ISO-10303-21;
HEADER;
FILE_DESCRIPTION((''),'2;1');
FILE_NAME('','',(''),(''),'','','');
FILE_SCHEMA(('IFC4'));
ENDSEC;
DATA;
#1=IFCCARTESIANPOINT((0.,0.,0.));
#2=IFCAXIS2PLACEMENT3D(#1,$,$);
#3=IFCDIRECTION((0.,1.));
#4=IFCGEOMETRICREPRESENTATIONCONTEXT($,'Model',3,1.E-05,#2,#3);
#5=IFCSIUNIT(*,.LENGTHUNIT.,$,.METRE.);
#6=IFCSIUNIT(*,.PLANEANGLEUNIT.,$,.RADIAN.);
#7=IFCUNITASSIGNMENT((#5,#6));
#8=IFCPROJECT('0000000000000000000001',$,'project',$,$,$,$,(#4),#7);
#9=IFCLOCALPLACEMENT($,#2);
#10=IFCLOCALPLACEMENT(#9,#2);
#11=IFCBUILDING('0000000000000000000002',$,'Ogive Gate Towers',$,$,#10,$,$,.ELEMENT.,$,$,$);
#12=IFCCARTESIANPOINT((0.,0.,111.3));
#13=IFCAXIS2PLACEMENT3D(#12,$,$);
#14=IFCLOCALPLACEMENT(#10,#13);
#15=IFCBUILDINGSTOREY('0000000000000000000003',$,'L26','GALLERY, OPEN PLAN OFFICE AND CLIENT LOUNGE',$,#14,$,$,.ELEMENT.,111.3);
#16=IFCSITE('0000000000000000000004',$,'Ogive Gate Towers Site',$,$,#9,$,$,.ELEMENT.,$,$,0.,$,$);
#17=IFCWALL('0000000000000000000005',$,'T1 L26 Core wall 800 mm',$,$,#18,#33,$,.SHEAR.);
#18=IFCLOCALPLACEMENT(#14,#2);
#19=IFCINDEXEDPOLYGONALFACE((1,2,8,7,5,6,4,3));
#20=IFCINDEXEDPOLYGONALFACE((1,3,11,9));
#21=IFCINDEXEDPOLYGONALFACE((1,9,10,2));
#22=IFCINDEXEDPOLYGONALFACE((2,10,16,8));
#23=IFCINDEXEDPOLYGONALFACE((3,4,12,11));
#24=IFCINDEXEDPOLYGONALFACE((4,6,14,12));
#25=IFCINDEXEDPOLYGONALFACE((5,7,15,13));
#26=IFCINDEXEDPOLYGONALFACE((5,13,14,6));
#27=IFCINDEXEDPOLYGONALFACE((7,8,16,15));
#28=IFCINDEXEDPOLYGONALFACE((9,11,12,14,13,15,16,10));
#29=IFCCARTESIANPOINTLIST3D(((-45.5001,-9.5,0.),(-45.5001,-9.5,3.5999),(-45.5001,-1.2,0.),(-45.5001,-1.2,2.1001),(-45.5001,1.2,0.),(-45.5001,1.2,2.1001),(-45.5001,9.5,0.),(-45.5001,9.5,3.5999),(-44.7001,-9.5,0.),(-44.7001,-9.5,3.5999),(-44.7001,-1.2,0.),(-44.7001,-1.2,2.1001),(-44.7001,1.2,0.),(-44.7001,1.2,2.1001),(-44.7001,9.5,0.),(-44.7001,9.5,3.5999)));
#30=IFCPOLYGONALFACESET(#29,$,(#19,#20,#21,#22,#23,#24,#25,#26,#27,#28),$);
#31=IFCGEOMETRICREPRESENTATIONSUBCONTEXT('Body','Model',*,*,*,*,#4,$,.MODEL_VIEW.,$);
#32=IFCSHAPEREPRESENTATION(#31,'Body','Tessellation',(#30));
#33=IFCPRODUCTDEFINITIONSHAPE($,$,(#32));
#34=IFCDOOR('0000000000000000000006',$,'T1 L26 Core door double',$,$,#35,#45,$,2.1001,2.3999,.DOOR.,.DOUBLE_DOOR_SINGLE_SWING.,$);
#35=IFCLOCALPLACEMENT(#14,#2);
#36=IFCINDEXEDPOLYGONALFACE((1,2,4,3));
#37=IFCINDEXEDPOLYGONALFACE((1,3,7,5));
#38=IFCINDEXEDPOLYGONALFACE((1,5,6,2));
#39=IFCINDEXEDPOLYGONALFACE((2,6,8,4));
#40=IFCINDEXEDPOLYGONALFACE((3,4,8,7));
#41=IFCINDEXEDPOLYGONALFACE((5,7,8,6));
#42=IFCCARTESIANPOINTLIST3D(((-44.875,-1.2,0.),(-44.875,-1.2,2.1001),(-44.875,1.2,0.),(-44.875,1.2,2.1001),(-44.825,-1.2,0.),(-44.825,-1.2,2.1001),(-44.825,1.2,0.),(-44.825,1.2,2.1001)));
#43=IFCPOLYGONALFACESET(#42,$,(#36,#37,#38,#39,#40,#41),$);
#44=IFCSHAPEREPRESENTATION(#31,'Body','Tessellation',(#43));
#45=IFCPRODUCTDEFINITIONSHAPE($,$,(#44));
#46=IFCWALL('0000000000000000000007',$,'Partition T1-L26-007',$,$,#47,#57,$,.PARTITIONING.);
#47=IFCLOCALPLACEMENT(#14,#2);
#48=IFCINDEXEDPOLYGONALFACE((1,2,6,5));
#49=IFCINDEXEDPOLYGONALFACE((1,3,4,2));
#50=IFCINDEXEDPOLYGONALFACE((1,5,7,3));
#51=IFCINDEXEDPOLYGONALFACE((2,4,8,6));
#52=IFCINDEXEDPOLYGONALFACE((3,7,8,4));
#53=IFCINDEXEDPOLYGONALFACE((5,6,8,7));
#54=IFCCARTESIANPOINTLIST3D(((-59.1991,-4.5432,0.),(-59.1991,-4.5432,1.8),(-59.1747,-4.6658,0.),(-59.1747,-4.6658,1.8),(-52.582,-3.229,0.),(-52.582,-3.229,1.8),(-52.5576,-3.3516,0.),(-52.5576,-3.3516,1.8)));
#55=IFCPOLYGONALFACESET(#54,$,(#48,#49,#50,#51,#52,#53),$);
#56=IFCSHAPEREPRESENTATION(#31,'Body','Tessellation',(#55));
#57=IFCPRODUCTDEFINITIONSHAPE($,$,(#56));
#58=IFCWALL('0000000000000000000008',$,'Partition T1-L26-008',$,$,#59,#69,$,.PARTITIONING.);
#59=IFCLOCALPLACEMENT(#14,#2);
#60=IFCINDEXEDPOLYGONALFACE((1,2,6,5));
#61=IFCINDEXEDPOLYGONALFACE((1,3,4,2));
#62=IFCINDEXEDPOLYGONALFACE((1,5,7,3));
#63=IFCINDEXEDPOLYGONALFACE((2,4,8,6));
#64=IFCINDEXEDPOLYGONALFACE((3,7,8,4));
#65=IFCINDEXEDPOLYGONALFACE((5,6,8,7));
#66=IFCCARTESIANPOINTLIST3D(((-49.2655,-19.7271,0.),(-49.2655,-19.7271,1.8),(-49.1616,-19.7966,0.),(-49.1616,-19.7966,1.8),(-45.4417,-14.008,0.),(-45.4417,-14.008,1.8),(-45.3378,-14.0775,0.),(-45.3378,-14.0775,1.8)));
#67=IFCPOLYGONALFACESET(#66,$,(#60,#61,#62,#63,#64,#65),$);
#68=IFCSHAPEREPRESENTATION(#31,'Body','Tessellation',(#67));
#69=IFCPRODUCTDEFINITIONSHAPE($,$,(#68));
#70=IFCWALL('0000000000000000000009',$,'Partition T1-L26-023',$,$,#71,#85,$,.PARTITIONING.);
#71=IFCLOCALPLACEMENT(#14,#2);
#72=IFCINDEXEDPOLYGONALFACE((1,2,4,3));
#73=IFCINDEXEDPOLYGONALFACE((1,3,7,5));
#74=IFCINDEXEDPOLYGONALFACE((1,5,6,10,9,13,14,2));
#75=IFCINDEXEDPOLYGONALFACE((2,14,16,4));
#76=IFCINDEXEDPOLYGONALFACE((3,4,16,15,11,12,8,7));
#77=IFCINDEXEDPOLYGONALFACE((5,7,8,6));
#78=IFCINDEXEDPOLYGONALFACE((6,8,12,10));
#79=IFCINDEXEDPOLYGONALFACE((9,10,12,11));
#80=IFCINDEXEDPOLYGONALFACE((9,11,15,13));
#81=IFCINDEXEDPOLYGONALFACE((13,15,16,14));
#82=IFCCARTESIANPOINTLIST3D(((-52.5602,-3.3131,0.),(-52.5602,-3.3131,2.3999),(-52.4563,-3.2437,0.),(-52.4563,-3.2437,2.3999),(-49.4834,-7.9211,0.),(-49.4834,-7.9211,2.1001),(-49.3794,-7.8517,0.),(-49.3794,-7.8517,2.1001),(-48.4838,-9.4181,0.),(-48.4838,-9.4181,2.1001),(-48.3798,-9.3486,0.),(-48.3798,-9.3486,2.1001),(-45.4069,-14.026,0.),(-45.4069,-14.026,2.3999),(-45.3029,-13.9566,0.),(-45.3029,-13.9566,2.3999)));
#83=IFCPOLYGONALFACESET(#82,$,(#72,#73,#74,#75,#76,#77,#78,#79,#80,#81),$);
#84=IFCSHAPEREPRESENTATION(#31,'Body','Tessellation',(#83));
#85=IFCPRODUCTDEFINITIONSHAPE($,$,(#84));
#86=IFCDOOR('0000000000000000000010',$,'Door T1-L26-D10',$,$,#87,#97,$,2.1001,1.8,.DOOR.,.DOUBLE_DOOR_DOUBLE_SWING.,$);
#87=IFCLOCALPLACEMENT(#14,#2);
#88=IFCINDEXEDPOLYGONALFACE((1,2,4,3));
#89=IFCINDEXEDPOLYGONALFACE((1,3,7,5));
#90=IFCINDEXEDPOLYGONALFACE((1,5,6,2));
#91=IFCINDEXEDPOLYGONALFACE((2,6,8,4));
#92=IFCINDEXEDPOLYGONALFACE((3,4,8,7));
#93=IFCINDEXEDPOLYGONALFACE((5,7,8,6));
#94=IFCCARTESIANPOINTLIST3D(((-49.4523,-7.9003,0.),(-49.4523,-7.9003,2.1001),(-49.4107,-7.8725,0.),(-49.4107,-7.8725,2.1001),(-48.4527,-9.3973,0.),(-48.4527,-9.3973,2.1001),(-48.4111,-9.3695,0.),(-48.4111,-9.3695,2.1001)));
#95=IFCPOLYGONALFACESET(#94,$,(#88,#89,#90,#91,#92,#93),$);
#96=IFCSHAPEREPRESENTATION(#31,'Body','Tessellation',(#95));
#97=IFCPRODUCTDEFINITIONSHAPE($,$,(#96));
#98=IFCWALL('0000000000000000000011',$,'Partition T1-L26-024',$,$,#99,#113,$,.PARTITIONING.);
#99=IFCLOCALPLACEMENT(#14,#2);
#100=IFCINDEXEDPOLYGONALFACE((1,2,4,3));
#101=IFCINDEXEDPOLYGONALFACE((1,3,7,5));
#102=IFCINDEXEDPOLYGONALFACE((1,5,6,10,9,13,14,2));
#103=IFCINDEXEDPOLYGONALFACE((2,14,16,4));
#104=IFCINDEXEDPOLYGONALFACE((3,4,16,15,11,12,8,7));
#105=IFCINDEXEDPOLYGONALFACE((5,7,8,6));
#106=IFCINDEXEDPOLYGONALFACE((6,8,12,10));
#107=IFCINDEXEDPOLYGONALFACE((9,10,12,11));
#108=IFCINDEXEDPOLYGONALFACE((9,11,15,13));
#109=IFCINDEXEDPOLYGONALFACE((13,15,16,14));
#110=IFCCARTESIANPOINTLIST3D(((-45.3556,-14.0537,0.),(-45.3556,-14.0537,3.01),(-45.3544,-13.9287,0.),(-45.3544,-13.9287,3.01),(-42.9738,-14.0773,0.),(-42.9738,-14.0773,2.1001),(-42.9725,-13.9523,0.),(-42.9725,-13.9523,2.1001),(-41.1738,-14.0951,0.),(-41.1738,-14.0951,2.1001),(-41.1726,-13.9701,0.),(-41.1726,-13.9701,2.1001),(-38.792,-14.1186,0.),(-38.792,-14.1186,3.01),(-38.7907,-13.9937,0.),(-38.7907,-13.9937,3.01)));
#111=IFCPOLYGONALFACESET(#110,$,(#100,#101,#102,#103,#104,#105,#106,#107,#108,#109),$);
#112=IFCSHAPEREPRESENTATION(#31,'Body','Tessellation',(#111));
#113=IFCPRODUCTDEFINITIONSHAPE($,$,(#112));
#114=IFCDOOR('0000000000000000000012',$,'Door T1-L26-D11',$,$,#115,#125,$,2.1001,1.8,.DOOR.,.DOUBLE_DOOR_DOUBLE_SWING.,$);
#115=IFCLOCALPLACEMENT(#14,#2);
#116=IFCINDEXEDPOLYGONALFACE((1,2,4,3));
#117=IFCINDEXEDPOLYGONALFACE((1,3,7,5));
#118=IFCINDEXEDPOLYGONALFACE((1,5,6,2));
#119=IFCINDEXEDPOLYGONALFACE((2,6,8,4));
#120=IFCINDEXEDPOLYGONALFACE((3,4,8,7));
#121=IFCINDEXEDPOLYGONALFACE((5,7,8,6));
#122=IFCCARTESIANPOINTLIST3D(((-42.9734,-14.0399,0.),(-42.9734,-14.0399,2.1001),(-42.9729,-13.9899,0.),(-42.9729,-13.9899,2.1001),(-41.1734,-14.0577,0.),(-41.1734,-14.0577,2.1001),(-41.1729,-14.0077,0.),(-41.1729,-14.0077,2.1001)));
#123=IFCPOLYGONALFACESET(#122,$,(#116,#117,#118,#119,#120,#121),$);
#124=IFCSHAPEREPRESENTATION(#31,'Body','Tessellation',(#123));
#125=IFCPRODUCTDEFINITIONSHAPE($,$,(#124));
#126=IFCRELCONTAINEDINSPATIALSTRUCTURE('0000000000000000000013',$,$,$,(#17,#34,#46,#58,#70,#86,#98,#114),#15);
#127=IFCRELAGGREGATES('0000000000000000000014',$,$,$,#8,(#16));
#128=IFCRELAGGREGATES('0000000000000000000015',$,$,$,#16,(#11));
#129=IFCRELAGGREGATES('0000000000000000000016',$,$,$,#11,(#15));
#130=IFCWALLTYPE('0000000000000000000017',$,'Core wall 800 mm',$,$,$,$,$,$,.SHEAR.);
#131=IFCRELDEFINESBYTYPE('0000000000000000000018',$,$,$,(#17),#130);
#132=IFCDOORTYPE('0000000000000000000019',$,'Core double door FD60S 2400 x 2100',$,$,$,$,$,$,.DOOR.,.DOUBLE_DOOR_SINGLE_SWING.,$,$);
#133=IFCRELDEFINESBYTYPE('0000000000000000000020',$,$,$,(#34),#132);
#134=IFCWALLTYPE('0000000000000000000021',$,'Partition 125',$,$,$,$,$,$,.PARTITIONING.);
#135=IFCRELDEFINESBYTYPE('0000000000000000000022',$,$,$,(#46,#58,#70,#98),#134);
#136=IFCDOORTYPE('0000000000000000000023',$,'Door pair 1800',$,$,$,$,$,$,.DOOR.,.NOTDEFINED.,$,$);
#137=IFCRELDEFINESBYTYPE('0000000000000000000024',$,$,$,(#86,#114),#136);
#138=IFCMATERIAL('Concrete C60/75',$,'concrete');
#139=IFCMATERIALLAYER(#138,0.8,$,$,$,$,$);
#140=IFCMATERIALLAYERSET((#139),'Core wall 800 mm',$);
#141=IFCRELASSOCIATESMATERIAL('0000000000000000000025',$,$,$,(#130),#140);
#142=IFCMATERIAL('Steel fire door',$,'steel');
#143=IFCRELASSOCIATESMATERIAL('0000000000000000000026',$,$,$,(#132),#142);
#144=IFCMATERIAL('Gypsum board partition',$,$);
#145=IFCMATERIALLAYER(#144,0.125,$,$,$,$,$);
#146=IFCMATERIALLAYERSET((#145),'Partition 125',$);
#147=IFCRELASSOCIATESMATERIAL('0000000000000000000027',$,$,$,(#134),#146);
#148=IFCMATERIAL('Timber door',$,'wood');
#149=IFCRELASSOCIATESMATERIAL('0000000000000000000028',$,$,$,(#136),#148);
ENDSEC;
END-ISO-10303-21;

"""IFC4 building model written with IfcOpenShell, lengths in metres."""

from ifc_helpers import new_model, si_unit, direction, frame, frame_2d, origin, place, context, subcontext, project, spatial, rectangle, extrude, material, layer, layer_set, type_object, element, fill, save


model = new_model("IFC4")

# Units and contexts
model_context = context("Model", 3, precision=1e-05, world=origin(), true_north=direction((0.0, 1.0)))
body_context = subcontext(model_context, "Body", "Model", "MODEL_VIEW")
ifc_project = project(units=[si_unit("LENGTHUNIT", "METRE"), si_unit("PLANEANGLEUNIT", "RADIAN")], contexts=[model_context])

# Site, building, storey
site_placement = place(None, origin())
site = spatial("IfcSite", under=ifc_project, at=site_placement, Name="Ogive Gate Towers Site", CompositionType="ELEMENT", RefElevation=0.0)
building_placement = place(site_placement, origin())
building = spatial("IfcBuilding", under=site, at=building_placement, Name="Ogive Gate Towers", CompositionType="ELEMENT")
storey_placement = place(building_placement, frame((0.0, 0.0, 111.3)))
storey = spatial("IfcBuildingStorey", under=building, at=storey_placement, Name="L26", Description="GALLERY, OPEN PLAN OFFICE AND CLIENT LOUNGE", CompositionType="ELEMENT", Elevation=111.3)

# Wall, opening, door
ifc_material_1 = material(Name="Concrete C60/75", Category="concrete")
ifc_layer_1 = layer(ifc_material_1, 0.8)
ifc_layer_set_1 = layer_set([ifc_layer_1], Name="Core wall 800 mm")
wall_type_1 = type_object("IfcWallType", Name="Core wall 800 mm", PredefinedType="SHEAR", material=ifc_layer_set_1)
wall_1_placement = place(storey_placement, frame((-45.1001, -9.5, 0.0), z_axis=(0.0, 0.0, 1.0), x_axis=(0.0, 1.0, 0.0)))
wall_1 = element("IfcWall", 1, at=wall_1_placement, inside=storey, type_object=wall_type_1, Name="T1 L26 Core wall 800 mm", PredefinedType="SHEAR", context=body_context, shape_type="SweptSolid", body=[
    extrude(rectangle(XDim=19.0, YDim=0.8, at=frame_2d((9.5, 0.0))), origin(), (0.0, 0.0, 1.0), 3.5999),
])
opening_1_placement = place(wall_1_placement, frame((8.3, 0.0, 0.0)))
opening_1 = element("IfcOpeningElement", 2, at=opening_1_placement, cuts=wall_1, PredefinedType="OPENING", context=body_context, shape_type="SweptSolid", body=[
    extrude(rectangle(XDim=2.3999, YDim=2.1001, at=frame_2d((1.2, 1.05))), frame((0.0, 0.4102, 0.0), z_axis=(0.0, -1.0, 0.0), x_axis=(1.0, 0.0, 0.0)), (0.0, 0.0, 1.0), 0.8201),
])
ifc_material_2 = material(Name="Steel fire door", Category="steel")
door_type_1 = type_object("IfcDoorType", Name="Core double door FD60S 2400 x 2100", OperationType="DOUBLE_DOOR_SINGLE_SWING", PredefinedType="DOOR", material=ifc_material_2)
door_1_placement = place(opening_1_placement, origin())
door_1 = element("IfcDoor", 3, at=door_1_placement, inside=storey, type_object=door_type_1, Name="T1 L26 Core door double", OperationType="DOUBLE_DOOR_SINGLE_SWING", OverallHeight=2.1001, OverallWidth=2.3999, PredefinedType="DOOR", context=body_context, shape_type="SweptSolid", body=[
    extrude(rectangle(XDim=2.3999, YDim=2.1001, at=frame_2d((1.2, 1.05))), frame((0.0, -0.2251, 0.0), z_axis=(0.0, -1.0, 0.0), x_axis=(1.0, 0.0, 0.0)), (0.0, 0.0, 1.0), 0.05),
])
fill(opening_1, door_1)

# Walls
ifc_material_3 = material(Name="Gypsum board partition")
ifc_layer_2 = layer(ifc_material_3, 0.125)
ifc_layer_set_2 = layer_set([ifc_layer_2], Name="Partition 125")
wall_type_2 = type_object("IfcWallType", Name="Partition 125", PredefinedType="PARTITIONING", material=ifc_layer_set_2)
wall_2_placement = place(storey_placement, frame((-59.1868, -4.6045, 0.0), z_axis=(0.0, 0.0, 1.0), x_axis=(0.980843, 0.194801, 0.0)))
element("IfcWall", 4, at=wall_2_placement, inside=storey, type_object=wall_type_2, Name="Partition T1-L26-007", PredefinedType="PARTITIONING", context=body_context, shape_type="SweptSolid", body=[
    extrude(rectangle(XDim=6.7463, YDim=0.125, at=frame_2d((3.373, 0.0))), origin(), (0.0, 0.0, 1.0), 1.8),
])
wall_3_placement = place(storey_placement, frame((-49.2136, -19.762, 0.0), z_axis=(0.0, 0.0, 1.0), x_axis=(0.555813, 0.831307, 0.0)))
element("IfcWall", 5, at=wall_3_placement, inside=storey, type_object=wall_type_2, Name="Partition T1-L26-008", PredefinedType="PARTITIONING", context=body_context, shape_type="SweptSolid", body=[
    extrude(rectangle(XDim=6.8796, YDim=0.125, at=frame_2d((3.4399, 0.0))), origin(), (0.0, 0.0, 1.0), 1.8),
])

# Walls, openings, doors
wall_4_placement = place(storey_placement, frame((-52.5083, -3.2783, 0.0), z_axis=(0.0, 0.0, 1.0), x_axis=(0.555312, -0.831642, 0.0)))
wall_4 = element("IfcWall", 6, at=wall_4_placement, inside=storey, type_object=wall_type_2, Name="Partition T1-L26-023", PredefinedType="PARTITIONING", context=body_context, shape_type="SweptSolid", body=[
    extrude(rectangle(XDim=12.8816, YDim=0.125, at=frame_2d((6.4409, 0.0))), origin(), (0.0, 0.0, 1.0), 2.3999),
])
opening_2_placement = place(wall_4_placement, frame((5.541, 0.0, 0.0)))
opening_2 = element("IfcOpeningElement", 7, at=opening_2_placement, cuts=wall_4, PredefinedType="OPENING", context=body_context, shape_type="SweptSolid", body=[
    extrude(rectangle(XDim=1.8, YDim=2.1001, at=frame_2d((0.8999, 1.05))), frame((0.0, 0.0725, 0.0), z_axis=(0.0, -1.0, 0.0), x_axis=(1.0, 0.0, 0.0)), (0.0, 0.0, 1.0), 0.145),
])
ifc_material_4 = material(Name="Timber door", Category="wood")
door_type_2 = type_object("IfcDoorType", Name="Door pair 1800", OperationType="NOTDEFINED", PredefinedType="DOOR", material=ifc_material_4)
door_2_placement = place(opening_2_placement, origin())
door_2 = element("IfcDoor", 8, at=door_2_placement, inside=storey, type_object=door_type_2, Name="Door T1-L26-D10", OperationType="DOUBLE_DOOR_DOUBLE_SWING", OverallHeight=2.1001, OverallWidth=1.8, PredefinedType="DOOR", context=body_context, shape_type="SweptSolid", body=[
    extrude(rectangle(XDim=1.8, YDim=2.1001, at=frame_2d((0.8999, 1.05))), frame((0.0, 0.0249, 0.0), z_axis=(0.0, -1.0, 0.0), x_axis=(1.0, 0.0, 0.0)), (0.0, 0.0, 1.0), 0.05),
])
fill(opening_2, door_2)
wall_5_placement = place(storey_placement, frame((-45.355, -13.9912, 0.0), z_axis=(0.0, 0.0, 1.0), x_axis=(0.999951, -0.009894, 0.0)))
wall_5 = element("IfcWall", 9, at=wall_5_placement, inside=storey, type_object=wall_type_2, Name="Partition T1-L26-024", PredefinedType="PARTITIONING", context=body_context, shape_type="SweptSolid", body=[
    extrude(rectangle(XDim=6.564, YDim=0.125, at=frame_2d((3.282, 0.0))), origin(), (0.0, 0.0, 1.0), 3.01),
])
opening_3_placement = place(wall_5_placement, frame((2.3821, 0.0, 0.0)))
opening_3 = element("IfcOpeningElement", 10, at=opening_3_placement, cuts=wall_5, PredefinedType="OPENING", context=body_context, shape_type="SweptSolid", body=[
    extrude(rectangle(XDim=1.8, YDim=2.1001, at=frame_2d((0.8999, 1.05))), frame((0.0, 0.0725, 0.0), z_axis=(0.0, -1.0, 0.0), x_axis=(1.0, 0.0, 0.0)), (0.0, 0.0, 1.0), 0.145),
])
door_3_placement = place(opening_3_placement, origin())
door_3 = element("IfcDoor", 11, at=door_3_placement, inside=storey, type_object=door_type_2, Name="Door T1-L26-D11", OperationType="DOUBLE_DOOR_DOUBLE_SWING", OverallHeight=2.1001, OverallWidth=1.8, PredefinedType="DOOR", context=body_context, shape_type="SweptSolid", body=[
    extrude(rectangle(XDim=1.8, YDim=2.1001, at=frame_2d((0.8999, 1.05))), frame((0.0, 0.0249, 0.0), z_axis=(0.0, -1.0, 0.0), x_axis=(1.0, 0.0, 0.0)), (0.0, 0.0, 1.0), 0.05),
])
fill(opening_3, door_3)

save(model, "model.ifc")
